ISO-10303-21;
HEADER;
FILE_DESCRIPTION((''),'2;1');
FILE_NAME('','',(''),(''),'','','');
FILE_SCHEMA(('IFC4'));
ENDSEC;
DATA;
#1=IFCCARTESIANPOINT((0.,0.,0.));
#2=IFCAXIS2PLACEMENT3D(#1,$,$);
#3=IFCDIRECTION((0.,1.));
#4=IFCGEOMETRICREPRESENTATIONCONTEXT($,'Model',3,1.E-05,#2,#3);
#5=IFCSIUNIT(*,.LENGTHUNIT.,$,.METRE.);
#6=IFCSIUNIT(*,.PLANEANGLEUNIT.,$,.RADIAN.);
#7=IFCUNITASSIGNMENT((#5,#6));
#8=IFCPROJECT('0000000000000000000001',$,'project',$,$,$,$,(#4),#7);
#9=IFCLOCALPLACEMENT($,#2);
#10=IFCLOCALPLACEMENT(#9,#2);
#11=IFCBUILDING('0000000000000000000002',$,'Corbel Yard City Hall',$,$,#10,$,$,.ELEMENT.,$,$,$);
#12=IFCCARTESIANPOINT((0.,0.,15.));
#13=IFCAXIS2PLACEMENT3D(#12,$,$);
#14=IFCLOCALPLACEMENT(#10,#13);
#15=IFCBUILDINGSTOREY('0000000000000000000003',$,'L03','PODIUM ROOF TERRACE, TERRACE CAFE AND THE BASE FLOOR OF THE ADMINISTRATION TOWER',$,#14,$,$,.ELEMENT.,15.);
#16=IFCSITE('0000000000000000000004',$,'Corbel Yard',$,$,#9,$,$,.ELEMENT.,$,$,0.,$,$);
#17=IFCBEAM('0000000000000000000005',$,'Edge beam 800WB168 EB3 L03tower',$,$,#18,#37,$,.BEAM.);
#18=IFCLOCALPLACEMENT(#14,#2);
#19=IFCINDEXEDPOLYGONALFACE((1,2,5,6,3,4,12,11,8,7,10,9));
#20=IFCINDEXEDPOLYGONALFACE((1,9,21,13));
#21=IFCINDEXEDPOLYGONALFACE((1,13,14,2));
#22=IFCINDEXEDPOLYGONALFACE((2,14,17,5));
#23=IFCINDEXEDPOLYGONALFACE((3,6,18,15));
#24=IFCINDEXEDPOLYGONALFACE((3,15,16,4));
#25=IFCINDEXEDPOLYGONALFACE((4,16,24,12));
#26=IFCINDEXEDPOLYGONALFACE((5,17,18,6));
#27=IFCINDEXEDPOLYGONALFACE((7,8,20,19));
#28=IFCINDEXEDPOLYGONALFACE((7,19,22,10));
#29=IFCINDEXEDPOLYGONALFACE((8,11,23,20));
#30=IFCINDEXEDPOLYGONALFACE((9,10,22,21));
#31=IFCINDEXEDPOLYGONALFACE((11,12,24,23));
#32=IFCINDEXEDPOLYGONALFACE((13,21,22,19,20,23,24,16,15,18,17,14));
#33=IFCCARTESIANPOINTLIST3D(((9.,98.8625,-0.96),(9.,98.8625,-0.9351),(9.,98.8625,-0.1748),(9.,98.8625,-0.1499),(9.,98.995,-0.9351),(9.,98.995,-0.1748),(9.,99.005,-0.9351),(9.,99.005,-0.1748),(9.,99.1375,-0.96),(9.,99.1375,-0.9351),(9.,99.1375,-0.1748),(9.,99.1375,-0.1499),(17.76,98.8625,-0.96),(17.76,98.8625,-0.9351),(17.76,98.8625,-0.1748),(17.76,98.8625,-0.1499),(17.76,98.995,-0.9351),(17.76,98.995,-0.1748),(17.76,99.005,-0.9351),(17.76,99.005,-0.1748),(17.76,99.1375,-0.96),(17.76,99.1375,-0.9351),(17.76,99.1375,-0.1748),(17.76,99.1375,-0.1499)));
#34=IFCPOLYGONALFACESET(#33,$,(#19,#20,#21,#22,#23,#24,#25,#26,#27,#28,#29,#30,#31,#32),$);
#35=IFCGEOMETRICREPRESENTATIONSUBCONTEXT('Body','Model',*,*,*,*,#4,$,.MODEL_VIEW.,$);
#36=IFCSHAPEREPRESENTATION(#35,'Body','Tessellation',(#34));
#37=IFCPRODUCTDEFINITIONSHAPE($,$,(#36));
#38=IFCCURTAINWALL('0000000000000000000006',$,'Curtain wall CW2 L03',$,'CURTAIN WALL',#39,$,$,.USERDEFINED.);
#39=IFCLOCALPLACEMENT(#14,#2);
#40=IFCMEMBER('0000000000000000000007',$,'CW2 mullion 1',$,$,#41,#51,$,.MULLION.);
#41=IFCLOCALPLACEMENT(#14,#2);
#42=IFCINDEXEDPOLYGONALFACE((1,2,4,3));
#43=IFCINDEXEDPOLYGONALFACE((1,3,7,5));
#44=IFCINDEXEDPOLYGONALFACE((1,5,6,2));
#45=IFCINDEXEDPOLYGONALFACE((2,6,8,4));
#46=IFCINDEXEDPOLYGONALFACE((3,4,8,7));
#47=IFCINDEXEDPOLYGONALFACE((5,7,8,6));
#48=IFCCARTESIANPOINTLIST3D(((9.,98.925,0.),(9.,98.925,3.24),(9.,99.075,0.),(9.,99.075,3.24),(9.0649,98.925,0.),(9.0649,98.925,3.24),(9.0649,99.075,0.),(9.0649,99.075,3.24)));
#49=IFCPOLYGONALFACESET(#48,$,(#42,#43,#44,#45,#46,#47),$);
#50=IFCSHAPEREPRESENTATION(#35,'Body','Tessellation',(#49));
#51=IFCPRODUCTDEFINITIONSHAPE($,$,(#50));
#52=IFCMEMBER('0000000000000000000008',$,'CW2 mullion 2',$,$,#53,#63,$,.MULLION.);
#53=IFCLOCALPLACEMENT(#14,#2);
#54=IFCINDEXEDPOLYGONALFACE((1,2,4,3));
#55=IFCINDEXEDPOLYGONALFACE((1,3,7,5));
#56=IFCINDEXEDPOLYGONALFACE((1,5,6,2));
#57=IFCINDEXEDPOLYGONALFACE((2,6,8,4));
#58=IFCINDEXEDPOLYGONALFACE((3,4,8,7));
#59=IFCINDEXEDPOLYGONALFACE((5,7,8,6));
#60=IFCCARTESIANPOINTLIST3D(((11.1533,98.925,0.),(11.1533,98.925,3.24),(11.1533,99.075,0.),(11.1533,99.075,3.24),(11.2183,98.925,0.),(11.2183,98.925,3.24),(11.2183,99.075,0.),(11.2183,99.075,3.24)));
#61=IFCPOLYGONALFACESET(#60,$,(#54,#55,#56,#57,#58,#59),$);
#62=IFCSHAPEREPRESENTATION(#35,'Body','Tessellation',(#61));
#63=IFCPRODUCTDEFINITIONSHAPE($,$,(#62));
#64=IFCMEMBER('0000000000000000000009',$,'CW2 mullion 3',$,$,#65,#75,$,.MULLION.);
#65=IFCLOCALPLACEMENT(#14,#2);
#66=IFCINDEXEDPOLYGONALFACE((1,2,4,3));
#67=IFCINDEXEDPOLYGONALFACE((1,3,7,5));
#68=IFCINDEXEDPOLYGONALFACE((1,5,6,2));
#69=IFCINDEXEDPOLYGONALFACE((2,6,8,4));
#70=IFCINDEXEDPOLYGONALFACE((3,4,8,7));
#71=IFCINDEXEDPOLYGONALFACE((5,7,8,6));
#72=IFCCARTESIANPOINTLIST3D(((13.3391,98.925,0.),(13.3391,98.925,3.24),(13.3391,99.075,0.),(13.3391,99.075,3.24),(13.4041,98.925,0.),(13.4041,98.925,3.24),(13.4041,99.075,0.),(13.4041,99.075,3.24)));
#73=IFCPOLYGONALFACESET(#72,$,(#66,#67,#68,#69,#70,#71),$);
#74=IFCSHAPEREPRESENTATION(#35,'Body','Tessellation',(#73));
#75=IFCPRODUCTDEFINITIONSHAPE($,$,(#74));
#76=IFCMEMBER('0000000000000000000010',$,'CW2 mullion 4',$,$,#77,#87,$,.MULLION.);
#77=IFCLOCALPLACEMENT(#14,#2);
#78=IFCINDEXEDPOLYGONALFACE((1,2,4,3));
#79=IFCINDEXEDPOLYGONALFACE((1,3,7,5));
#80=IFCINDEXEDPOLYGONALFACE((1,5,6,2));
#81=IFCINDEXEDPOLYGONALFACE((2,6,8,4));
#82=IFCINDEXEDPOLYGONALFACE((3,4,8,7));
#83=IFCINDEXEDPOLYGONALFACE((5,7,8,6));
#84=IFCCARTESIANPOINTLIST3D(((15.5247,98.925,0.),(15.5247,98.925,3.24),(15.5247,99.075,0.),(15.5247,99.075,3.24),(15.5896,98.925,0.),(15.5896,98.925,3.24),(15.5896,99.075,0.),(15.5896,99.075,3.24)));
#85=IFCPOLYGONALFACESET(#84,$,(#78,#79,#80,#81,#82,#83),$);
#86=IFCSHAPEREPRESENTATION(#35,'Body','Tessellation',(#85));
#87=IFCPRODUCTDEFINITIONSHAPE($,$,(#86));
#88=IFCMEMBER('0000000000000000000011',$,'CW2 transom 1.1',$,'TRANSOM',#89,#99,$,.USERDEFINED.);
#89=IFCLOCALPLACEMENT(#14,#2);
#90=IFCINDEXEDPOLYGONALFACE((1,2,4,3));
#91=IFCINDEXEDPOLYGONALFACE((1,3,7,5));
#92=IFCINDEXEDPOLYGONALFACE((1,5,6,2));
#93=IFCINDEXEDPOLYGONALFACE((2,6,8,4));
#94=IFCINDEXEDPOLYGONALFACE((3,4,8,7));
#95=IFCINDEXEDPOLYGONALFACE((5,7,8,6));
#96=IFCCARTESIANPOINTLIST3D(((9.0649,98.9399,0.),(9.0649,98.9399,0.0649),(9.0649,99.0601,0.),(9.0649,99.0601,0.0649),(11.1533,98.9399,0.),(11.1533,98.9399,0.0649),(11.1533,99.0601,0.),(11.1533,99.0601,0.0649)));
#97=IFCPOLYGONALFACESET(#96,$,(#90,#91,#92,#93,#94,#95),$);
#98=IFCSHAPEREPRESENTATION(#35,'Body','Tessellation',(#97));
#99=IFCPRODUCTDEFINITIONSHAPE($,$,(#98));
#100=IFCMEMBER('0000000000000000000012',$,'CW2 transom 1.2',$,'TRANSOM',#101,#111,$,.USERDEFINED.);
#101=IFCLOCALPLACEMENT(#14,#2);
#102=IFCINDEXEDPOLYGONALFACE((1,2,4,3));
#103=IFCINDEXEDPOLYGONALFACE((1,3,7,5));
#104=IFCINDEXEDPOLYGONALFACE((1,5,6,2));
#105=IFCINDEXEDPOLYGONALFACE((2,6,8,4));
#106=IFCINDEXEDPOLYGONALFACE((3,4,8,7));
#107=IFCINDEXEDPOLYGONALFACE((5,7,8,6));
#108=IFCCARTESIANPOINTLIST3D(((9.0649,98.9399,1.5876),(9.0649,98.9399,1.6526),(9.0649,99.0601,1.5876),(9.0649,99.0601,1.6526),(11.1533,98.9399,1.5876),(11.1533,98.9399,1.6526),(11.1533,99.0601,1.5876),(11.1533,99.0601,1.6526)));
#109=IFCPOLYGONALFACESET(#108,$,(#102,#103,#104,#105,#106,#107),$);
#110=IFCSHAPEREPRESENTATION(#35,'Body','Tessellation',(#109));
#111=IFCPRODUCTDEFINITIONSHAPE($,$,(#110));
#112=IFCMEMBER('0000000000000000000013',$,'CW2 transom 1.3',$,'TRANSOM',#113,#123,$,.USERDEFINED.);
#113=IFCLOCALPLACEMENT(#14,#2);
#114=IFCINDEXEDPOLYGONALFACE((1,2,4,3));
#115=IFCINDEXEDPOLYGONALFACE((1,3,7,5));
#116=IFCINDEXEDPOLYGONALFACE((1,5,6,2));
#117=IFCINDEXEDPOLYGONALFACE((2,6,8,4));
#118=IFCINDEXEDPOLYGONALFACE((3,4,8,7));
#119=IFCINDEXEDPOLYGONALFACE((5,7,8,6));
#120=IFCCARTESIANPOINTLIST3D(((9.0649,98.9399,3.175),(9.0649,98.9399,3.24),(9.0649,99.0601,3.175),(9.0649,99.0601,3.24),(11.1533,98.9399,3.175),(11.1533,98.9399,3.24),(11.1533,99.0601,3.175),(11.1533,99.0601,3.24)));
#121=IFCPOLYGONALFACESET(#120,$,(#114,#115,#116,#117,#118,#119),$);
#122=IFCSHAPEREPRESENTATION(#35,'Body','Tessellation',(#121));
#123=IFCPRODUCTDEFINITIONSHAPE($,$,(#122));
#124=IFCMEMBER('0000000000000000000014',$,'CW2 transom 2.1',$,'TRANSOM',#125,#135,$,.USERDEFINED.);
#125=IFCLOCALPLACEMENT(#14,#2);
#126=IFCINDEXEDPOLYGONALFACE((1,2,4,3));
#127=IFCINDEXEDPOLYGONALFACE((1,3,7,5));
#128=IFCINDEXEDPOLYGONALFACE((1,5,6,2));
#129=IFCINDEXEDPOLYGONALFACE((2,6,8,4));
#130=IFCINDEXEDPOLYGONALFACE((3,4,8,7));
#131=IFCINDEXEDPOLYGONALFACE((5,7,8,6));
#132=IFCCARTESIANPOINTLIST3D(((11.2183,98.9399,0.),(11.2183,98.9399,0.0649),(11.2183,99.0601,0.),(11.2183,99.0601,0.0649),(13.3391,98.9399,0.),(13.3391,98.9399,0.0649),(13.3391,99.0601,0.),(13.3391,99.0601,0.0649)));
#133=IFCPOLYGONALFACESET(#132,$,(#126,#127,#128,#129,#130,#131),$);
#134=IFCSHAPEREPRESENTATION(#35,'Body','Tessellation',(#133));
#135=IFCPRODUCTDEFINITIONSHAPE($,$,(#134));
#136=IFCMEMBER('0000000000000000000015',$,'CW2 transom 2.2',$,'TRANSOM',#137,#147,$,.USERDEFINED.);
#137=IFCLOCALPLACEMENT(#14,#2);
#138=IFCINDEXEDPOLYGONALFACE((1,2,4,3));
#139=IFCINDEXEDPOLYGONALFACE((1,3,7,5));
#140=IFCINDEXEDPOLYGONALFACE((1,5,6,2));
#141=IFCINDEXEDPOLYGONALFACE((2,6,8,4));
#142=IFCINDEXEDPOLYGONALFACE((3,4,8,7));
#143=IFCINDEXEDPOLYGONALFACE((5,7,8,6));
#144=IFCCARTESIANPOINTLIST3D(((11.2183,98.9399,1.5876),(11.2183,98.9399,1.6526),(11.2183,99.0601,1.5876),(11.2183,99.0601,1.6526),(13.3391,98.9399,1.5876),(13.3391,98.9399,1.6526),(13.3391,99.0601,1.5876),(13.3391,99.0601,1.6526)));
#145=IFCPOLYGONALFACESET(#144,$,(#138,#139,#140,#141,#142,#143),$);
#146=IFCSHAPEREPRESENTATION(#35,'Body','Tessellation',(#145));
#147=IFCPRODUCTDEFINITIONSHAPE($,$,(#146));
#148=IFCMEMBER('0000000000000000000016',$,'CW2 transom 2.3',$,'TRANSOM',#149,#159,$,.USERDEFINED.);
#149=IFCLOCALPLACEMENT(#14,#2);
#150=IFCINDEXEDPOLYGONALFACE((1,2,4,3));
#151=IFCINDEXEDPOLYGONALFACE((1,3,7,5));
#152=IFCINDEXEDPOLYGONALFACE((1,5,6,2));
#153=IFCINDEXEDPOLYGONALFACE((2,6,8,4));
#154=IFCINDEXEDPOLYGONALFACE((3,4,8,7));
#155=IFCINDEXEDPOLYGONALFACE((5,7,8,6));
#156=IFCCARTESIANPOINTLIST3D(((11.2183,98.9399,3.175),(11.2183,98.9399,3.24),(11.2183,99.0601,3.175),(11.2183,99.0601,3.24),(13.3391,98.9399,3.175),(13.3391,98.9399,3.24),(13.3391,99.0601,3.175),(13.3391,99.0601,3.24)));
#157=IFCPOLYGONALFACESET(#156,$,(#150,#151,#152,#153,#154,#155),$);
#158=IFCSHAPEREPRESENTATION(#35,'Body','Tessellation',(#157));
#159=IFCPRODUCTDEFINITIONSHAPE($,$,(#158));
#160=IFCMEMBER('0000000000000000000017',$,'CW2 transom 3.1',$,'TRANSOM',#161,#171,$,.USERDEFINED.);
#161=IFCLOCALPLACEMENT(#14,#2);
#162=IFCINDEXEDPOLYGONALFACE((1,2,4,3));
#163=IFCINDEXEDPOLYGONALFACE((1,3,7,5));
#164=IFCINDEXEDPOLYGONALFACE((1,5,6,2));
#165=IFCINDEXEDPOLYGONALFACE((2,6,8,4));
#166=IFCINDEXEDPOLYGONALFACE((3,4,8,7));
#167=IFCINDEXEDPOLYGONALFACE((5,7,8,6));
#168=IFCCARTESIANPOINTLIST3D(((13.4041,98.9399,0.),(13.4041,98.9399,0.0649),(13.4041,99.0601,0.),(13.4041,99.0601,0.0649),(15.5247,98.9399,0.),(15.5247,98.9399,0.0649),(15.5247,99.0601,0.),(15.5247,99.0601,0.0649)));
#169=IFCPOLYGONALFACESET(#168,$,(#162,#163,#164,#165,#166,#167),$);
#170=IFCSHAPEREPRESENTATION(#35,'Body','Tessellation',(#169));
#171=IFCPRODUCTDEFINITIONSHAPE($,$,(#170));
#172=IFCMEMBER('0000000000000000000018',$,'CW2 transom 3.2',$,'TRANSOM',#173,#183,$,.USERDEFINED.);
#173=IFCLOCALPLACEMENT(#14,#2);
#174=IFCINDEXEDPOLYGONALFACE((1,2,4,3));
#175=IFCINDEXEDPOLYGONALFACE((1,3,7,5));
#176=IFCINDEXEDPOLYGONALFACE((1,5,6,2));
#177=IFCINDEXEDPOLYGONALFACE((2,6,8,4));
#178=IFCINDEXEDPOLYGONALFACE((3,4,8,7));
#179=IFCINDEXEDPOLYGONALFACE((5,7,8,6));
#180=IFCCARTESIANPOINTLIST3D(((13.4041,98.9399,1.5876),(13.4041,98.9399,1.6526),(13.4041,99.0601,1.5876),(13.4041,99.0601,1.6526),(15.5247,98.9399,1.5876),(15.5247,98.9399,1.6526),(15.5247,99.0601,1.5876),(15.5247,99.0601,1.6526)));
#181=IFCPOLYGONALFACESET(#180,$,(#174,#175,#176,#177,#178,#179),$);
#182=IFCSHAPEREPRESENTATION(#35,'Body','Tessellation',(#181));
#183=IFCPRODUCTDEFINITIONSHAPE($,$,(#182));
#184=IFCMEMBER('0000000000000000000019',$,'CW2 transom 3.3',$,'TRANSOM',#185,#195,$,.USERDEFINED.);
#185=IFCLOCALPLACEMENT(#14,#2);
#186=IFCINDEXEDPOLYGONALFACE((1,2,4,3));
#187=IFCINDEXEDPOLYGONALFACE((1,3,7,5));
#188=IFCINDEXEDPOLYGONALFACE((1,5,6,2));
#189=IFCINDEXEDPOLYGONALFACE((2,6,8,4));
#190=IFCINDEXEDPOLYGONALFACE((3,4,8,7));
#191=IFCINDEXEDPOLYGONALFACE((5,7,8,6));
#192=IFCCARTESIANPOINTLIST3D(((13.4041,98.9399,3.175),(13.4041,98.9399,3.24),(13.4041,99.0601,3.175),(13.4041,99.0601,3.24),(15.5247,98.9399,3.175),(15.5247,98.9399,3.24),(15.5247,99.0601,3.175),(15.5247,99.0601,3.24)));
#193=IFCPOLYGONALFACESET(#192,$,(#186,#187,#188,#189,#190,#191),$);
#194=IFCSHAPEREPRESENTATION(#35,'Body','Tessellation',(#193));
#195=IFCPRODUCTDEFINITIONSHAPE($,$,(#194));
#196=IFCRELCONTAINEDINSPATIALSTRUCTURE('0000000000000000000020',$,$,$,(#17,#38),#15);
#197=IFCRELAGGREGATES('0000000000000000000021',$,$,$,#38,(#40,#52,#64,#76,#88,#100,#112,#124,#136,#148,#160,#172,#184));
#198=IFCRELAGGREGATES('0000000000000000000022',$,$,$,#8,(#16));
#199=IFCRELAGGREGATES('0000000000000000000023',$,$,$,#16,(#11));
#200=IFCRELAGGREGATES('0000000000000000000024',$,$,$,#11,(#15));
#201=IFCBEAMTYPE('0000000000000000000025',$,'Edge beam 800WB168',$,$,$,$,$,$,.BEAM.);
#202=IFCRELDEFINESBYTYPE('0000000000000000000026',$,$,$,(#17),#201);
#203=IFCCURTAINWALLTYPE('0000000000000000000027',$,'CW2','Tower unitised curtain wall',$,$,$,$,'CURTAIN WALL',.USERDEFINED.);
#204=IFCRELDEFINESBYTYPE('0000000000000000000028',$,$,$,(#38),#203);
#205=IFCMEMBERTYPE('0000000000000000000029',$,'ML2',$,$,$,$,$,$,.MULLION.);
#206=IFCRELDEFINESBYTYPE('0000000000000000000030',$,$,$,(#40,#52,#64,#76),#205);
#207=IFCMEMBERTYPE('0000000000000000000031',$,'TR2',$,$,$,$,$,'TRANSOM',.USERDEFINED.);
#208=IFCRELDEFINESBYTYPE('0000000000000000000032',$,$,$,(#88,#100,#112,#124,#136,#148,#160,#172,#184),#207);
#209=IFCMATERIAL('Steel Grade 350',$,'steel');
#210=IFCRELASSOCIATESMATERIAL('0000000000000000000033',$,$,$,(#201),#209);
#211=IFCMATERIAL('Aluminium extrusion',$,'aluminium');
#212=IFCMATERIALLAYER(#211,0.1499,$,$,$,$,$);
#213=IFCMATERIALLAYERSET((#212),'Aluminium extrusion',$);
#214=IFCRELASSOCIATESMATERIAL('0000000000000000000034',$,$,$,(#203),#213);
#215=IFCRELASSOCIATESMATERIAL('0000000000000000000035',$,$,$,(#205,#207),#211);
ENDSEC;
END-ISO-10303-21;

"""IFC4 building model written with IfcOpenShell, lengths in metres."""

from ifc_helpers import new_model, si_unit, direction, frame, origin, origin_2d, place, context, subcontext, project, spatial, rectangle, i_section, extrude, material, layer, layer_set, material_profile, profile_set, type_object, element, aggregate, save


model = new_model("IFC4")

# Units and contexts
model_context = context("Model", 3, precision=1e-05, world=origin(), true_north=direction((0.0, 1.0)))
body_context = subcontext(model_context, "Body", "Model", "MODEL_VIEW")
ifc_project = project(units=[si_unit("LENGTHUNIT", "METRE"), si_unit("PLANEANGLEUNIT", "RADIAN")], contexts=[model_context])

# Site, building, storey
site_placement = place(None, origin())
site = spatial("IfcSite", under=ifc_project, at=site_placement, Name="Corbel Yard", CompositionType="ELEMENT", RefElevation=0.0)
building_placement = place(site_placement, origin())
building = spatial("IfcBuilding", under=site, at=building_placement, Name="Corbel Yard City Hall", CompositionType="ELEMENT")
storey_placement = place(building_placement, frame((0.0, 0.0, 15.0)))
storey = spatial("IfcBuildingStorey", under=building, at=storey_placement, Name="L03", Description="PODIUM ROOF TERRACE, TERRACE CAFE AND THE BASE FLOOR OF THE ADMINISTRATION TOWER", CompositionType="ELEMENT", Elevation=15.0)

# Beam
ifc_material_1 = material(Name="Steel Grade 350", Category="steel")
ifc_material_profile_1 = material_profile(ifc_material_1, i_section(OverallWidth=0.2749, OverallDepth=0.8101, WebThickness=0.01, FlangeThickness=0.0249, at=origin_2d()), Name="800WB168")
ifc_profile_set_1 = profile_set([ifc_material_profile_1], Name="Steel Grade 350")
beam_type = type_object("IfcBeamType", Name="Edge beam 800WB168", PredefinedType="BEAM", material=ifc_profile_set_1)
beam_placement = place(storey_placement, frame((9.0, 99.0, -0.5549), z_axis=(1.0, 0.0, 0.0), x_axis=(0.0, 1.0, 0.0)))
element("IfcBeam", 1, at=beam_placement, inside=storey, type_object=beam_type, Name="Edge beam 800WB168 EB3 L03tower", PredefinedType="BEAM", context=body_context, shape_type="SweptSolid", body=[
    extrude(i_section(OverallWidth=0.2749, OverallDepth=0.8101, WebThickness=0.01, FlangeThickness=0.0249, at=origin_2d()), origin(), (0.0, 0.0, 1.0), 8.76),
])

# Curtain wall, members
ifc_material_2 = material(Name="Aluminium extrusion", Category="aluminium")
ifc_layer_1 = layer(ifc_material_2, 0.1499)
ifc_layer_set_1 = layer_set([ifc_layer_1], Name="Aluminium extrusion")
curtain_wall_type = type_object("IfcCurtainWallType", Name="CW2", Description="Tower unitised curtain wall", ElementType="CURTAIN WALL", PredefinedType="USERDEFINED", material=ifc_layer_set_1)
curtain_wall_placement = place(storey_placement, origin())
curtain_wall = element("IfcCurtainWall", 2, at=curtain_wall_placement, inside=storey, type_object=curtain_wall_type, Name="Curtain wall CW2 L03", ObjectType="CURTAIN WALL", PredefinedType="USERDEFINED")
ifc_material_profile_2 = material_profile(ifc_material_2, rectangle(XDim=0.1499, YDim=0.0649, at=origin_2d()), Name="150x65")
ifc_profile_set_2 = profile_set([ifc_material_profile_2], Name="Aluminium extrusion")
member_type_1 = type_object("IfcMemberType", Name="ML2", PredefinedType="MULLION", material=ifc_profile_set_2)
member_1_placement = place(storey_placement, frame((9.0325, 99.0, 0.0), z_axis=(0.0, 0.0, 1.0), x_axis=(0.0, 1.0, 0.0)))
member_1 = element("IfcMember", 3, at=member_1_placement, type_object=member_type_1, Name="CW2 mullion 1", PredefinedType="MULLION", context=body_context, shape_type="SweptSolid", body=[
    extrude(rectangle(XDim=0.1499, YDim=0.0649, at=origin_2d()), origin(), (0.0, 0.0, 1.0), 3.24),
])
member_2_placement = place(storey_placement, frame((11.1858, 99.0, 0.0), z_axis=(0.0, 0.0, 1.0), x_axis=(0.0, 1.0, 0.0)))
member_2 = element("IfcMember", 4, at=member_2_placement, type_object=member_type_1, Name="CW2 mullion 2", PredefinedType="MULLION", context=body_context, shape_type="SweptSolid", body=[
    extrude(rectangle(XDim=0.1499, YDim=0.0649, at=origin_2d()), origin(), (0.0, 0.0, 1.0), 3.24),
])
member_3_placement = place(storey_placement, frame((13.3716, 99.0, 0.0), z_axis=(0.0, 0.0, 1.0), x_axis=(0.0, 1.0, 0.0)))
member_3 = element("IfcMember", 5, at=member_3_placement, type_object=member_type_1, Name="CW2 mullion 3", PredefinedType="MULLION", context=body_context, shape_type="SweptSolid", body=[
    extrude(rectangle(XDim=0.1499, YDim=0.0649, at=origin_2d()), origin(), (0.0, 0.0, 1.0), 3.24),
])
member_4_placement = place(storey_placement, frame((15.5571, 99.0, 0.0), z_axis=(0.0, 0.0, 1.0), x_axis=(0.0, 1.0, 0.0)))
member_4 = element("IfcMember", 6, at=member_4_placement, type_object=member_type_1, Name="CW2 mullion 4", PredefinedType="MULLION", context=body_context, shape_type="SweptSolid", body=[
    extrude(rectangle(XDim=0.1499, YDim=0.0649, at=origin_2d()), origin(), (0.0, 0.0, 1.0), 3.24),
])
ifc_material_profile_3 = material_profile(ifc_material_2, rectangle(XDim=0.1201, YDim=0.0649, at=origin_2d()), Name="120x65")
ifc_profile_set_3 = profile_set([ifc_material_profile_3], Name="Aluminium extrusion")
member_type_2 = type_object("IfcMemberType", Name="TR2", ElementType="TRANSOM", PredefinedType="USERDEFINED", material=ifc_profile_set_3)
member_5_placement = place(storey_placement, frame((9.0649, 99.0, 0.0325), z_axis=(1.0, 0.0, 0.0), x_axis=(0.0, 1.0, 0.0)))
member_5 = element("IfcMember", 7, at=member_5_placement, type_object=member_type_2, Name="CW2 transom 1.1", ObjectType="TRANSOM", PredefinedType="USERDEFINED", context=body_context, shape_type="SweptSolid", body=[
    extrude(rectangle(XDim=0.1201, YDim=0.0649, at=origin_2d()), origin(), (0.0, 0.0, 1.0), 2.0884),
])
member_6_placement = place(storey_placement, frame((9.0649, 99.0, 1.6201), z_axis=(1.0, 0.0, 0.0), x_axis=(0.0, 1.0, 0.0)))
member_6 = element("IfcMember", 8, at=member_6_placement, type_object=member_type_2, Name="CW2 transom 1.2", ObjectType="TRANSOM", PredefinedType="USERDEFINED", context=body_context, shape_type="SweptSolid", body=[
    extrude(rectangle(XDim=0.1201, YDim=0.0649, at=origin_2d()), origin(), (0.0, 0.0, 1.0), 2.0884),
])
member_7_placement = place(storey_placement, frame((9.0649, 99.0, 3.2075), z_axis=(1.0, 0.0, 0.0), x_axis=(0.0, 1.0, 0.0)))
member_7 = element("IfcMember", 9, at=member_7_placement, type_object=member_type_2, Name="CW2 transom 1.3", ObjectType="TRANSOM", PredefinedType="USERDEFINED", context=body_context, shape_type="SweptSolid", body=[
    extrude(rectangle(XDim=0.1201, YDim=0.0649, at=origin_2d()), origin(), (0.0, 0.0, 1.0), 2.0884),
])
member_8_placement = place(storey_placement, frame((11.2183, 99.0, 0.0325), z_axis=(1.0, 0.0, 0.0), x_axis=(0.0, 1.0, 0.0)))
member_8 = element("IfcMember", 10, at=member_8_placement, type_object=member_type_2, Name="CW2 transom 2.1", ObjectType="TRANSOM", PredefinedType="USERDEFINED", context=body_context, shape_type="SweptSolid", body=[
    extrude(rectangle(XDim=0.1201, YDim=0.0649, at=origin_2d()), origin(), (0.0, 0.0, 1.0), 2.1208),
])
member_9_placement = place(storey_placement, frame((11.2183, 99.0, 1.6201), z_axis=(1.0, 0.0, 0.0), x_axis=(0.0, 1.0, 0.0)))
member_9 = element("IfcMember", 11, at=member_9_placement, type_object=member_type_2, Name="CW2 transom 2.2", ObjectType="TRANSOM", PredefinedType="USERDEFINED", context=body_context, shape_type="SweptSolid", body=[
    extrude(rectangle(XDim=0.1201, YDim=0.0649, at=origin_2d()), origin(), (0.0, 0.0, 1.0), 2.1208),
])
member_10_placement = place(storey_placement, frame((11.2183, 99.0, 3.2075), z_axis=(1.0, 0.0, 0.0), x_axis=(0.0, 1.0, 0.0)))
member_10 = element("IfcMember", 12, at=member_10_placement, type_object=member_type_2, Name="CW2 transom 2.3", ObjectType="TRANSOM", PredefinedType="USERDEFINED", context=body_context, shape_type="SweptSolid", body=[
    extrude(rectangle(XDim=0.1201, YDim=0.0649, at=origin_2d()), origin(), (0.0, 0.0, 1.0), 2.1208),
])
member_11_placement = place(storey_placement, frame((13.4041, 99.0, 0.0325), z_axis=(1.0, 0.0, 0.0), x_axis=(0.0, 1.0, 0.0)))
member_11 = element("IfcMember", 13, at=member_11_placement, type_object=member_type_2, Name="CW2 transom 3.1", ObjectType="TRANSOM", PredefinedType="USERDEFINED", context=body_context, shape_type="SweptSolid", body=[
    extrude(rectangle(XDim=0.1201, YDim=0.0649, at=origin_2d()), origin(), (0.0, 0.0, 1.0), 2.1206),
])
member_12_placement = place(storey_placement, frame((13.4041, 99.0, 1.6201), z_axis=(1.0, 0.0, 0.0), x_axis=(0.0, 1.0, 0.0)))
member_12 = element("IfcMember", 14, at=member_12_placement, type_object=member_type_2, Name="CW2 transom 3.2", ObjectType="TRANSOM", PredefinedType="USERDEFINED", context=body_context, shape_type="SweptSolid", body=[
    extrude(rectangle(XDim=0.1201, YDim=0.0649, at=origin_2d()), origin(), (0.0, 0.0, 1.0), 2.1206),
])
member_13_placement = place(storey_placement, frame((13.4041, 99.0, 3.2075), z_axis=(1.0, 0.0, 0.0), x_axis=(0.0, 1.0, 0.0)))
member_13 = element("IfcMember", 15, at=member_13_placement, type_object=member_type_2, Name="CW2 transom 3.3", ObjectType="TRANSOM", PredefinedType="USERDEFINED", context=body_context, shape_type="SweptSolid", body=[
    extrude(rectangle(XDim=0.1201, YDim=0.0649, at=origin_2d()), origin(), (0.0, 0.0, 1.0), 2.1206),
])
aggregate(curtain_wall, [member_1, member_2, member_3, member_4, member_5, member_6, member_7, member_8, member_9, member_10, member_11, member_12, member_13])

save(model, "model.ifc")
